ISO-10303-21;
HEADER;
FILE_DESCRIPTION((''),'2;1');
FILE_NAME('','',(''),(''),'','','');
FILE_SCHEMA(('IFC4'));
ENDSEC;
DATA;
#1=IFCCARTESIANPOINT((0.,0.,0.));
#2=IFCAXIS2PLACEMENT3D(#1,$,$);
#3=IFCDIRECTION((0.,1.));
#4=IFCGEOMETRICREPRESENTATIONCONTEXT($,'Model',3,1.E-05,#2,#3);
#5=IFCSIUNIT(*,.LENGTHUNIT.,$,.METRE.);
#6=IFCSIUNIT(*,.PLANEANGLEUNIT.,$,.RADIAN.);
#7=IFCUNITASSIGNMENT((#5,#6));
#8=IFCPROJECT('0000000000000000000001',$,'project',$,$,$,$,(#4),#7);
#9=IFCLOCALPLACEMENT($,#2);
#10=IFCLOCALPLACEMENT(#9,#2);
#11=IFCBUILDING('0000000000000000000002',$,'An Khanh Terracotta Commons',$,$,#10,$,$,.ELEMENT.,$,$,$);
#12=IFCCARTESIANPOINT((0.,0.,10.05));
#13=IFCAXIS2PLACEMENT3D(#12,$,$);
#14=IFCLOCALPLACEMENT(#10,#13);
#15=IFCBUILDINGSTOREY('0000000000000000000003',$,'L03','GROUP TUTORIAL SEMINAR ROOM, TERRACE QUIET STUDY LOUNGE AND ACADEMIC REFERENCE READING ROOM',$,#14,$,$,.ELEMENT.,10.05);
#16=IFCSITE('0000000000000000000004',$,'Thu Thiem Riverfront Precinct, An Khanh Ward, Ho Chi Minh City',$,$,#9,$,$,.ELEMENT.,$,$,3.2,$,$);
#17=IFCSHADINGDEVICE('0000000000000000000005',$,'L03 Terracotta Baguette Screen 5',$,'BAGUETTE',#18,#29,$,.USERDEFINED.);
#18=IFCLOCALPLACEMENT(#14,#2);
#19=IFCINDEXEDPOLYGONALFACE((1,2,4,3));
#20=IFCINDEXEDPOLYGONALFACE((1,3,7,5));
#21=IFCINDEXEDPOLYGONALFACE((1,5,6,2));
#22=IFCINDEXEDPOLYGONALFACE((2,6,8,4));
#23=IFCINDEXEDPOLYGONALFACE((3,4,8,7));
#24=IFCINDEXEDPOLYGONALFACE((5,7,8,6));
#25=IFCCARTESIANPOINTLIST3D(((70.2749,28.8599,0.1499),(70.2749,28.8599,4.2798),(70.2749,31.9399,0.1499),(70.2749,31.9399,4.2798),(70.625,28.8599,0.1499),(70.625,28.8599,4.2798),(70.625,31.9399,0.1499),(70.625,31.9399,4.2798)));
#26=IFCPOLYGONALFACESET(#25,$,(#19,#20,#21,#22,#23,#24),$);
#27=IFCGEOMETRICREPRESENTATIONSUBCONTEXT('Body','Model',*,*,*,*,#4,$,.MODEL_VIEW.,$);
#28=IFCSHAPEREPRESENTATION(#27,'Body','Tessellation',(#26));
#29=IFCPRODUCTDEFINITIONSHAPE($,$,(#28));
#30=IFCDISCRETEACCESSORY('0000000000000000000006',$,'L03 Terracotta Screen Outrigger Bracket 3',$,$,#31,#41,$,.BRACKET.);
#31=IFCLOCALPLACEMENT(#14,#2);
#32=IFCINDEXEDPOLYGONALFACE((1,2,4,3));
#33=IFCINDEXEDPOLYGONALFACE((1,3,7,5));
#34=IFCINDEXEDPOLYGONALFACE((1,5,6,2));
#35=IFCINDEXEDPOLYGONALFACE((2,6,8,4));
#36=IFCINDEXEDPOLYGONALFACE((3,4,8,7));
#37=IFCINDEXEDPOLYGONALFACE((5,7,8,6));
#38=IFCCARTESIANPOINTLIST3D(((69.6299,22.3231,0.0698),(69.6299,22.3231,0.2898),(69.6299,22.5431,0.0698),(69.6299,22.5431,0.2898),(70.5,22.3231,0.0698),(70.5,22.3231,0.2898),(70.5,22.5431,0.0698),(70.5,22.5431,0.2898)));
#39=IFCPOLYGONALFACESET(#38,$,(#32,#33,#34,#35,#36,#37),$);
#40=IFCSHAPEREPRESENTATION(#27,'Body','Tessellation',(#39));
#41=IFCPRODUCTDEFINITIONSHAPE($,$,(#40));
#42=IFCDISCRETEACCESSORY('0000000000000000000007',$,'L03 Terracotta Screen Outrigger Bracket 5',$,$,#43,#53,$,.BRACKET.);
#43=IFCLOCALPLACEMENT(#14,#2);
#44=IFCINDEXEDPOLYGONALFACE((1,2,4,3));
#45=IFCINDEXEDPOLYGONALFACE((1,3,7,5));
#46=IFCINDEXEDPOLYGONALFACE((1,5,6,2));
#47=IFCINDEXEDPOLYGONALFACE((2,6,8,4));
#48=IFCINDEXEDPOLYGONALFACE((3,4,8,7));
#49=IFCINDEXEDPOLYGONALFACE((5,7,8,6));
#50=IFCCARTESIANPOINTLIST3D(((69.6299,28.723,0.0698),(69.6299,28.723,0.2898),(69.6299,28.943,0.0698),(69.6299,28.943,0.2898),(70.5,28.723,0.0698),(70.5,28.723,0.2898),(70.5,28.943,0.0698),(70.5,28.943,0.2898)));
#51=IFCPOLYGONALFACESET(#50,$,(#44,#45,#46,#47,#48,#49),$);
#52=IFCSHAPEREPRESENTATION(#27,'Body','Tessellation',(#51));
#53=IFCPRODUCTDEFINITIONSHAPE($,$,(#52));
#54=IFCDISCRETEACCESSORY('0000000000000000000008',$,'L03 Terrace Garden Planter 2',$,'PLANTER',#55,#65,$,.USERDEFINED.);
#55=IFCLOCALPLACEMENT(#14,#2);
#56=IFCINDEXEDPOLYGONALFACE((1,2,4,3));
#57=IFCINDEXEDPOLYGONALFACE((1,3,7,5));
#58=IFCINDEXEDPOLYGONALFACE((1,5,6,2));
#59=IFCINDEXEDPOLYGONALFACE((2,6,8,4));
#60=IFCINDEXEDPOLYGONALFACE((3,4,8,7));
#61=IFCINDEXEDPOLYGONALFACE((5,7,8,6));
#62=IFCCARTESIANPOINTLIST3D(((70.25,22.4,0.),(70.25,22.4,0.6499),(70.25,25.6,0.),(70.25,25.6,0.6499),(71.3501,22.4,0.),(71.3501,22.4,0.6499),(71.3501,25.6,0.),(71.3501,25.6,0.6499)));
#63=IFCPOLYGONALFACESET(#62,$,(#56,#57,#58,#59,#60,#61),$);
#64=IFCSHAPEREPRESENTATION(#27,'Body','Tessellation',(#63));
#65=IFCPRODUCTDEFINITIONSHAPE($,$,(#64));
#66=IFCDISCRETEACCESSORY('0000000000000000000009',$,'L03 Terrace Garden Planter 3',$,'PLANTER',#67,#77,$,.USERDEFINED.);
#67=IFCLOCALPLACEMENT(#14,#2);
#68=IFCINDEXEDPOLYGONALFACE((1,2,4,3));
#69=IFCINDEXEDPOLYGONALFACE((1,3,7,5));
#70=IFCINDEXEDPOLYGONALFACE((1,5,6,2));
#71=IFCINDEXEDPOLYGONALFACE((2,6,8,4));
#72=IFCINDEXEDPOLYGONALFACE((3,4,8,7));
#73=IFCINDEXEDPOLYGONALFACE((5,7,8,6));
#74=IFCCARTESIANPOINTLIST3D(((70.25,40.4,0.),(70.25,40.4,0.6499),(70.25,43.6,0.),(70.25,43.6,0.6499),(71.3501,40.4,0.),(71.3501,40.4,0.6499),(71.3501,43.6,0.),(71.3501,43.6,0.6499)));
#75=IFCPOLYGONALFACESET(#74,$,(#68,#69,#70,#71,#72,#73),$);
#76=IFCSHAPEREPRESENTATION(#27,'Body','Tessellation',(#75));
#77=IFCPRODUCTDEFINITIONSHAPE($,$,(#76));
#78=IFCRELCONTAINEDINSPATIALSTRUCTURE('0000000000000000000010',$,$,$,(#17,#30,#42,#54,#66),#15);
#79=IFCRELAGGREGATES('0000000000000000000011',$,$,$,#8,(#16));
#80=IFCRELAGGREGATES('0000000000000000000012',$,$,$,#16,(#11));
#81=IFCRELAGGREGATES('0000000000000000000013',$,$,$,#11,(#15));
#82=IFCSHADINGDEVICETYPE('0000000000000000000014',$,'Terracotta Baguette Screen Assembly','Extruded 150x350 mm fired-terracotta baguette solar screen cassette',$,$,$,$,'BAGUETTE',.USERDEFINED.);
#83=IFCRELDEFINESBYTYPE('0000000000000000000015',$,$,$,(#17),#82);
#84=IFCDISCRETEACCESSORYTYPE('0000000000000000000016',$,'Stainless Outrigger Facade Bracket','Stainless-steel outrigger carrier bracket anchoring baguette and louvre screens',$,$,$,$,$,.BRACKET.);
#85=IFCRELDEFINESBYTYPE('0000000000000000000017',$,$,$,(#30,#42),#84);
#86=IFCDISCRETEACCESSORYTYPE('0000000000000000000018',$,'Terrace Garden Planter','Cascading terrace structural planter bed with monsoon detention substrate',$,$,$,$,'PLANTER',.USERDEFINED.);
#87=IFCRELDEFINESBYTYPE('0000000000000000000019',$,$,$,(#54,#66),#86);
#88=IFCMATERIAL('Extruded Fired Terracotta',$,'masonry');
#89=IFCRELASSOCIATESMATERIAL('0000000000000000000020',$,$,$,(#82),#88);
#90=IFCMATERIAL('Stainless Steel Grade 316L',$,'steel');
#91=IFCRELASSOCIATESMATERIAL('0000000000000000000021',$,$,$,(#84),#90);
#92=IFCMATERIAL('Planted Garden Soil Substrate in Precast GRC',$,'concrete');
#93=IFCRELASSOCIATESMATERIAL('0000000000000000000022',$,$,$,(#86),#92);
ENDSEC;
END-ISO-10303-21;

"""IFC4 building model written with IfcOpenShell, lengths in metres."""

from ifc_helpers import new_model, si_unit, direction, frame, origin, origin_2d, place, context, subcontext, project, spatial, rectangle, extrude, material, type_object, element, save


model = new_model("IFC4")

# Units and contexts
model_context = context("Model", 3, precision=1e-05, world=origin(), true_north=direction((0.0, 1.0)))
body_context = subcontext(model_context, "Body", "Model", "MODEL_VIEW")
ifc_project = project(units=[si_unit("LENGTHUNIT", "METRE"), si_unit("PLANEANGLEUNIT", "RADIAN")], contexts=[model_context])

# Site, building, storey
site_placement = place(None, origin())
site = spatial("IfcSite", under=ifc_project, at=site_placement, Name="Thu Thiem Riverfront Precinct, An Khanh Ward, Ho Chi Minh City", CompositionType="ELEMENT", RefElevation=3.2)
building_placement = place(site_placement, origin())
building = spatial("IfcBuilding", under=site, at=building_placement, Name="An Khanh Terracotta Commons", CompositionType="ELEMENT")
storey_placement = place(building_placement, frame((0.0, 0.0, 10.05)))
storey = spatial("IfcBuildingStorey", under=building, at=storey_placement, Name="L03", Description="GROUP TUTORIAL SEMINAR ROOM, TERRACE QUIET STUDY LOUNGE AND ACADEMIC REFERENCE READING ROOM", CompositionType="ELEMENT", Elevation=10.05)

# Shading device
ifc_material_1 = material(Name="Extruded Fired Terracotta", Category="masonry")
shading_device_type = type_object("IfcShadingDeviceType", Name="Terracotta Baguette Screen Assembly", Description="Extruded 150x350 mm fired-terracotta baguette solar screen cassette", ElementType="BAGUETTE", PredefinedType="USERDEFINED", material=ifc_material_1)
for number, where, z_axis, x_axis, name in (
    (1, (70.45, 30.3999, 0.1499), (0.0, 0.0, 1.0), (0.0, 1.0, 0.0), "L03 Terracotta Baguette Screen 5"),
):
    element("IfcShadingDevice", number, at=place(storey_placement, frame(where, z_axis=z_axis, x_axis=x_axis)), inside=storey, type_object=shading_device_type, Name=name, ObjectType="BAGUETTE", PredefinedType="USERDEFINED", context=body_context, shape_type="SweptSolid", body=[
        extrude(rectangle(XDim=3.0801, YDim=0.3501, at=origin_2d()), origin(), (0.0, 0.0, 1.0), 4.1299),
    ])

# Discrete accessories
ifc_material_2 = material(Name="Stainless Steel Grade 316L", Category="steel")
discrete_accessory_type_1 = type_object("IfcDiscreteAccessoryType", Name="Stainless Outrigger Facade Bracket", Description="Stainless-steel outrigger carrier bracket anchoring baguette and louvre screens", PredefinedType="BRACKET", material=ifc_material_2)
for number, where, z_axis, x_axis, name in (
    (2, (70.0649, 22.4331, 0.0698), (0.0, 0.0, 1.0), (0.0, 1.0, 0.0), "L03 Terracotta Screen Outrigger Bracket 3"),
    (3, (70.0649, 28.833, 0.0698), (0.0, 0.0, 1.0), (0.0, 1.0, 0.0), "L03 Terracotta Screen Outrigger Bracket 5"),
):
    element("IfcDiscreteAccessory", number, at=place(storey_placement, frame(where, z_axis=z_axis, x_axis=x_axis)), inside=storey, type_object=discrete_accessory_type_1, Name=name, PredefinedType="BRACKET", context=body_context, shape_type="SweptSolid", body=[
        extrude(rectangle(XDim=0.22, YDim=0.8701, at=origin_2d()), origin(), (0.0, 0.0, 1.0), 0.22),
    ])
ifc_material_3 = material(Name="Planted Garden Soil Substrate in Precast GRC", Category="concrete")
discrete_accessory_type_2 = type_object("IfcDiscreteAccessoryType", Name="Terrace Garden Planter", Description="Cascading terrace structural planter bed with monsoon detention substrate", ElementType="PLANTER", PredefinedType="USERDEFINED", material=ifc_material_3)
for number, where, z_axis, x_axis, name in (
    (4, (70.8, 24.0, 0.0), (0.0, 0.0, 1.0), (1.0, 0.0, 0.0), "L03 Terrace Garden Planter 2"),
    (5, (70.8, 42.0, 0.0), (0.0, 0.0, 1.0), (1.0, 0.0, 0.0), "L03 Terrace Garden Planter 3"),
):
    element("IfcDiscreteAccessory", number, at=place(storey_placement, frame(where, z_axis=z_axis, x_axis=x_axis)), inside=storey, type_object=discrete_accessory_type_2, Name=name, ObjectType="PLANTER", PredefinedType="USERDEFINED", context=body_context, shape_type="SweptSolid", body=[
        extrude(rectangle(XDim=1.1001, YDim=3.2, at=origin_2d()), origin(), (0.0, 0.0, 1.0), 0.6499),
    ])

save(model, "model.ifc")
